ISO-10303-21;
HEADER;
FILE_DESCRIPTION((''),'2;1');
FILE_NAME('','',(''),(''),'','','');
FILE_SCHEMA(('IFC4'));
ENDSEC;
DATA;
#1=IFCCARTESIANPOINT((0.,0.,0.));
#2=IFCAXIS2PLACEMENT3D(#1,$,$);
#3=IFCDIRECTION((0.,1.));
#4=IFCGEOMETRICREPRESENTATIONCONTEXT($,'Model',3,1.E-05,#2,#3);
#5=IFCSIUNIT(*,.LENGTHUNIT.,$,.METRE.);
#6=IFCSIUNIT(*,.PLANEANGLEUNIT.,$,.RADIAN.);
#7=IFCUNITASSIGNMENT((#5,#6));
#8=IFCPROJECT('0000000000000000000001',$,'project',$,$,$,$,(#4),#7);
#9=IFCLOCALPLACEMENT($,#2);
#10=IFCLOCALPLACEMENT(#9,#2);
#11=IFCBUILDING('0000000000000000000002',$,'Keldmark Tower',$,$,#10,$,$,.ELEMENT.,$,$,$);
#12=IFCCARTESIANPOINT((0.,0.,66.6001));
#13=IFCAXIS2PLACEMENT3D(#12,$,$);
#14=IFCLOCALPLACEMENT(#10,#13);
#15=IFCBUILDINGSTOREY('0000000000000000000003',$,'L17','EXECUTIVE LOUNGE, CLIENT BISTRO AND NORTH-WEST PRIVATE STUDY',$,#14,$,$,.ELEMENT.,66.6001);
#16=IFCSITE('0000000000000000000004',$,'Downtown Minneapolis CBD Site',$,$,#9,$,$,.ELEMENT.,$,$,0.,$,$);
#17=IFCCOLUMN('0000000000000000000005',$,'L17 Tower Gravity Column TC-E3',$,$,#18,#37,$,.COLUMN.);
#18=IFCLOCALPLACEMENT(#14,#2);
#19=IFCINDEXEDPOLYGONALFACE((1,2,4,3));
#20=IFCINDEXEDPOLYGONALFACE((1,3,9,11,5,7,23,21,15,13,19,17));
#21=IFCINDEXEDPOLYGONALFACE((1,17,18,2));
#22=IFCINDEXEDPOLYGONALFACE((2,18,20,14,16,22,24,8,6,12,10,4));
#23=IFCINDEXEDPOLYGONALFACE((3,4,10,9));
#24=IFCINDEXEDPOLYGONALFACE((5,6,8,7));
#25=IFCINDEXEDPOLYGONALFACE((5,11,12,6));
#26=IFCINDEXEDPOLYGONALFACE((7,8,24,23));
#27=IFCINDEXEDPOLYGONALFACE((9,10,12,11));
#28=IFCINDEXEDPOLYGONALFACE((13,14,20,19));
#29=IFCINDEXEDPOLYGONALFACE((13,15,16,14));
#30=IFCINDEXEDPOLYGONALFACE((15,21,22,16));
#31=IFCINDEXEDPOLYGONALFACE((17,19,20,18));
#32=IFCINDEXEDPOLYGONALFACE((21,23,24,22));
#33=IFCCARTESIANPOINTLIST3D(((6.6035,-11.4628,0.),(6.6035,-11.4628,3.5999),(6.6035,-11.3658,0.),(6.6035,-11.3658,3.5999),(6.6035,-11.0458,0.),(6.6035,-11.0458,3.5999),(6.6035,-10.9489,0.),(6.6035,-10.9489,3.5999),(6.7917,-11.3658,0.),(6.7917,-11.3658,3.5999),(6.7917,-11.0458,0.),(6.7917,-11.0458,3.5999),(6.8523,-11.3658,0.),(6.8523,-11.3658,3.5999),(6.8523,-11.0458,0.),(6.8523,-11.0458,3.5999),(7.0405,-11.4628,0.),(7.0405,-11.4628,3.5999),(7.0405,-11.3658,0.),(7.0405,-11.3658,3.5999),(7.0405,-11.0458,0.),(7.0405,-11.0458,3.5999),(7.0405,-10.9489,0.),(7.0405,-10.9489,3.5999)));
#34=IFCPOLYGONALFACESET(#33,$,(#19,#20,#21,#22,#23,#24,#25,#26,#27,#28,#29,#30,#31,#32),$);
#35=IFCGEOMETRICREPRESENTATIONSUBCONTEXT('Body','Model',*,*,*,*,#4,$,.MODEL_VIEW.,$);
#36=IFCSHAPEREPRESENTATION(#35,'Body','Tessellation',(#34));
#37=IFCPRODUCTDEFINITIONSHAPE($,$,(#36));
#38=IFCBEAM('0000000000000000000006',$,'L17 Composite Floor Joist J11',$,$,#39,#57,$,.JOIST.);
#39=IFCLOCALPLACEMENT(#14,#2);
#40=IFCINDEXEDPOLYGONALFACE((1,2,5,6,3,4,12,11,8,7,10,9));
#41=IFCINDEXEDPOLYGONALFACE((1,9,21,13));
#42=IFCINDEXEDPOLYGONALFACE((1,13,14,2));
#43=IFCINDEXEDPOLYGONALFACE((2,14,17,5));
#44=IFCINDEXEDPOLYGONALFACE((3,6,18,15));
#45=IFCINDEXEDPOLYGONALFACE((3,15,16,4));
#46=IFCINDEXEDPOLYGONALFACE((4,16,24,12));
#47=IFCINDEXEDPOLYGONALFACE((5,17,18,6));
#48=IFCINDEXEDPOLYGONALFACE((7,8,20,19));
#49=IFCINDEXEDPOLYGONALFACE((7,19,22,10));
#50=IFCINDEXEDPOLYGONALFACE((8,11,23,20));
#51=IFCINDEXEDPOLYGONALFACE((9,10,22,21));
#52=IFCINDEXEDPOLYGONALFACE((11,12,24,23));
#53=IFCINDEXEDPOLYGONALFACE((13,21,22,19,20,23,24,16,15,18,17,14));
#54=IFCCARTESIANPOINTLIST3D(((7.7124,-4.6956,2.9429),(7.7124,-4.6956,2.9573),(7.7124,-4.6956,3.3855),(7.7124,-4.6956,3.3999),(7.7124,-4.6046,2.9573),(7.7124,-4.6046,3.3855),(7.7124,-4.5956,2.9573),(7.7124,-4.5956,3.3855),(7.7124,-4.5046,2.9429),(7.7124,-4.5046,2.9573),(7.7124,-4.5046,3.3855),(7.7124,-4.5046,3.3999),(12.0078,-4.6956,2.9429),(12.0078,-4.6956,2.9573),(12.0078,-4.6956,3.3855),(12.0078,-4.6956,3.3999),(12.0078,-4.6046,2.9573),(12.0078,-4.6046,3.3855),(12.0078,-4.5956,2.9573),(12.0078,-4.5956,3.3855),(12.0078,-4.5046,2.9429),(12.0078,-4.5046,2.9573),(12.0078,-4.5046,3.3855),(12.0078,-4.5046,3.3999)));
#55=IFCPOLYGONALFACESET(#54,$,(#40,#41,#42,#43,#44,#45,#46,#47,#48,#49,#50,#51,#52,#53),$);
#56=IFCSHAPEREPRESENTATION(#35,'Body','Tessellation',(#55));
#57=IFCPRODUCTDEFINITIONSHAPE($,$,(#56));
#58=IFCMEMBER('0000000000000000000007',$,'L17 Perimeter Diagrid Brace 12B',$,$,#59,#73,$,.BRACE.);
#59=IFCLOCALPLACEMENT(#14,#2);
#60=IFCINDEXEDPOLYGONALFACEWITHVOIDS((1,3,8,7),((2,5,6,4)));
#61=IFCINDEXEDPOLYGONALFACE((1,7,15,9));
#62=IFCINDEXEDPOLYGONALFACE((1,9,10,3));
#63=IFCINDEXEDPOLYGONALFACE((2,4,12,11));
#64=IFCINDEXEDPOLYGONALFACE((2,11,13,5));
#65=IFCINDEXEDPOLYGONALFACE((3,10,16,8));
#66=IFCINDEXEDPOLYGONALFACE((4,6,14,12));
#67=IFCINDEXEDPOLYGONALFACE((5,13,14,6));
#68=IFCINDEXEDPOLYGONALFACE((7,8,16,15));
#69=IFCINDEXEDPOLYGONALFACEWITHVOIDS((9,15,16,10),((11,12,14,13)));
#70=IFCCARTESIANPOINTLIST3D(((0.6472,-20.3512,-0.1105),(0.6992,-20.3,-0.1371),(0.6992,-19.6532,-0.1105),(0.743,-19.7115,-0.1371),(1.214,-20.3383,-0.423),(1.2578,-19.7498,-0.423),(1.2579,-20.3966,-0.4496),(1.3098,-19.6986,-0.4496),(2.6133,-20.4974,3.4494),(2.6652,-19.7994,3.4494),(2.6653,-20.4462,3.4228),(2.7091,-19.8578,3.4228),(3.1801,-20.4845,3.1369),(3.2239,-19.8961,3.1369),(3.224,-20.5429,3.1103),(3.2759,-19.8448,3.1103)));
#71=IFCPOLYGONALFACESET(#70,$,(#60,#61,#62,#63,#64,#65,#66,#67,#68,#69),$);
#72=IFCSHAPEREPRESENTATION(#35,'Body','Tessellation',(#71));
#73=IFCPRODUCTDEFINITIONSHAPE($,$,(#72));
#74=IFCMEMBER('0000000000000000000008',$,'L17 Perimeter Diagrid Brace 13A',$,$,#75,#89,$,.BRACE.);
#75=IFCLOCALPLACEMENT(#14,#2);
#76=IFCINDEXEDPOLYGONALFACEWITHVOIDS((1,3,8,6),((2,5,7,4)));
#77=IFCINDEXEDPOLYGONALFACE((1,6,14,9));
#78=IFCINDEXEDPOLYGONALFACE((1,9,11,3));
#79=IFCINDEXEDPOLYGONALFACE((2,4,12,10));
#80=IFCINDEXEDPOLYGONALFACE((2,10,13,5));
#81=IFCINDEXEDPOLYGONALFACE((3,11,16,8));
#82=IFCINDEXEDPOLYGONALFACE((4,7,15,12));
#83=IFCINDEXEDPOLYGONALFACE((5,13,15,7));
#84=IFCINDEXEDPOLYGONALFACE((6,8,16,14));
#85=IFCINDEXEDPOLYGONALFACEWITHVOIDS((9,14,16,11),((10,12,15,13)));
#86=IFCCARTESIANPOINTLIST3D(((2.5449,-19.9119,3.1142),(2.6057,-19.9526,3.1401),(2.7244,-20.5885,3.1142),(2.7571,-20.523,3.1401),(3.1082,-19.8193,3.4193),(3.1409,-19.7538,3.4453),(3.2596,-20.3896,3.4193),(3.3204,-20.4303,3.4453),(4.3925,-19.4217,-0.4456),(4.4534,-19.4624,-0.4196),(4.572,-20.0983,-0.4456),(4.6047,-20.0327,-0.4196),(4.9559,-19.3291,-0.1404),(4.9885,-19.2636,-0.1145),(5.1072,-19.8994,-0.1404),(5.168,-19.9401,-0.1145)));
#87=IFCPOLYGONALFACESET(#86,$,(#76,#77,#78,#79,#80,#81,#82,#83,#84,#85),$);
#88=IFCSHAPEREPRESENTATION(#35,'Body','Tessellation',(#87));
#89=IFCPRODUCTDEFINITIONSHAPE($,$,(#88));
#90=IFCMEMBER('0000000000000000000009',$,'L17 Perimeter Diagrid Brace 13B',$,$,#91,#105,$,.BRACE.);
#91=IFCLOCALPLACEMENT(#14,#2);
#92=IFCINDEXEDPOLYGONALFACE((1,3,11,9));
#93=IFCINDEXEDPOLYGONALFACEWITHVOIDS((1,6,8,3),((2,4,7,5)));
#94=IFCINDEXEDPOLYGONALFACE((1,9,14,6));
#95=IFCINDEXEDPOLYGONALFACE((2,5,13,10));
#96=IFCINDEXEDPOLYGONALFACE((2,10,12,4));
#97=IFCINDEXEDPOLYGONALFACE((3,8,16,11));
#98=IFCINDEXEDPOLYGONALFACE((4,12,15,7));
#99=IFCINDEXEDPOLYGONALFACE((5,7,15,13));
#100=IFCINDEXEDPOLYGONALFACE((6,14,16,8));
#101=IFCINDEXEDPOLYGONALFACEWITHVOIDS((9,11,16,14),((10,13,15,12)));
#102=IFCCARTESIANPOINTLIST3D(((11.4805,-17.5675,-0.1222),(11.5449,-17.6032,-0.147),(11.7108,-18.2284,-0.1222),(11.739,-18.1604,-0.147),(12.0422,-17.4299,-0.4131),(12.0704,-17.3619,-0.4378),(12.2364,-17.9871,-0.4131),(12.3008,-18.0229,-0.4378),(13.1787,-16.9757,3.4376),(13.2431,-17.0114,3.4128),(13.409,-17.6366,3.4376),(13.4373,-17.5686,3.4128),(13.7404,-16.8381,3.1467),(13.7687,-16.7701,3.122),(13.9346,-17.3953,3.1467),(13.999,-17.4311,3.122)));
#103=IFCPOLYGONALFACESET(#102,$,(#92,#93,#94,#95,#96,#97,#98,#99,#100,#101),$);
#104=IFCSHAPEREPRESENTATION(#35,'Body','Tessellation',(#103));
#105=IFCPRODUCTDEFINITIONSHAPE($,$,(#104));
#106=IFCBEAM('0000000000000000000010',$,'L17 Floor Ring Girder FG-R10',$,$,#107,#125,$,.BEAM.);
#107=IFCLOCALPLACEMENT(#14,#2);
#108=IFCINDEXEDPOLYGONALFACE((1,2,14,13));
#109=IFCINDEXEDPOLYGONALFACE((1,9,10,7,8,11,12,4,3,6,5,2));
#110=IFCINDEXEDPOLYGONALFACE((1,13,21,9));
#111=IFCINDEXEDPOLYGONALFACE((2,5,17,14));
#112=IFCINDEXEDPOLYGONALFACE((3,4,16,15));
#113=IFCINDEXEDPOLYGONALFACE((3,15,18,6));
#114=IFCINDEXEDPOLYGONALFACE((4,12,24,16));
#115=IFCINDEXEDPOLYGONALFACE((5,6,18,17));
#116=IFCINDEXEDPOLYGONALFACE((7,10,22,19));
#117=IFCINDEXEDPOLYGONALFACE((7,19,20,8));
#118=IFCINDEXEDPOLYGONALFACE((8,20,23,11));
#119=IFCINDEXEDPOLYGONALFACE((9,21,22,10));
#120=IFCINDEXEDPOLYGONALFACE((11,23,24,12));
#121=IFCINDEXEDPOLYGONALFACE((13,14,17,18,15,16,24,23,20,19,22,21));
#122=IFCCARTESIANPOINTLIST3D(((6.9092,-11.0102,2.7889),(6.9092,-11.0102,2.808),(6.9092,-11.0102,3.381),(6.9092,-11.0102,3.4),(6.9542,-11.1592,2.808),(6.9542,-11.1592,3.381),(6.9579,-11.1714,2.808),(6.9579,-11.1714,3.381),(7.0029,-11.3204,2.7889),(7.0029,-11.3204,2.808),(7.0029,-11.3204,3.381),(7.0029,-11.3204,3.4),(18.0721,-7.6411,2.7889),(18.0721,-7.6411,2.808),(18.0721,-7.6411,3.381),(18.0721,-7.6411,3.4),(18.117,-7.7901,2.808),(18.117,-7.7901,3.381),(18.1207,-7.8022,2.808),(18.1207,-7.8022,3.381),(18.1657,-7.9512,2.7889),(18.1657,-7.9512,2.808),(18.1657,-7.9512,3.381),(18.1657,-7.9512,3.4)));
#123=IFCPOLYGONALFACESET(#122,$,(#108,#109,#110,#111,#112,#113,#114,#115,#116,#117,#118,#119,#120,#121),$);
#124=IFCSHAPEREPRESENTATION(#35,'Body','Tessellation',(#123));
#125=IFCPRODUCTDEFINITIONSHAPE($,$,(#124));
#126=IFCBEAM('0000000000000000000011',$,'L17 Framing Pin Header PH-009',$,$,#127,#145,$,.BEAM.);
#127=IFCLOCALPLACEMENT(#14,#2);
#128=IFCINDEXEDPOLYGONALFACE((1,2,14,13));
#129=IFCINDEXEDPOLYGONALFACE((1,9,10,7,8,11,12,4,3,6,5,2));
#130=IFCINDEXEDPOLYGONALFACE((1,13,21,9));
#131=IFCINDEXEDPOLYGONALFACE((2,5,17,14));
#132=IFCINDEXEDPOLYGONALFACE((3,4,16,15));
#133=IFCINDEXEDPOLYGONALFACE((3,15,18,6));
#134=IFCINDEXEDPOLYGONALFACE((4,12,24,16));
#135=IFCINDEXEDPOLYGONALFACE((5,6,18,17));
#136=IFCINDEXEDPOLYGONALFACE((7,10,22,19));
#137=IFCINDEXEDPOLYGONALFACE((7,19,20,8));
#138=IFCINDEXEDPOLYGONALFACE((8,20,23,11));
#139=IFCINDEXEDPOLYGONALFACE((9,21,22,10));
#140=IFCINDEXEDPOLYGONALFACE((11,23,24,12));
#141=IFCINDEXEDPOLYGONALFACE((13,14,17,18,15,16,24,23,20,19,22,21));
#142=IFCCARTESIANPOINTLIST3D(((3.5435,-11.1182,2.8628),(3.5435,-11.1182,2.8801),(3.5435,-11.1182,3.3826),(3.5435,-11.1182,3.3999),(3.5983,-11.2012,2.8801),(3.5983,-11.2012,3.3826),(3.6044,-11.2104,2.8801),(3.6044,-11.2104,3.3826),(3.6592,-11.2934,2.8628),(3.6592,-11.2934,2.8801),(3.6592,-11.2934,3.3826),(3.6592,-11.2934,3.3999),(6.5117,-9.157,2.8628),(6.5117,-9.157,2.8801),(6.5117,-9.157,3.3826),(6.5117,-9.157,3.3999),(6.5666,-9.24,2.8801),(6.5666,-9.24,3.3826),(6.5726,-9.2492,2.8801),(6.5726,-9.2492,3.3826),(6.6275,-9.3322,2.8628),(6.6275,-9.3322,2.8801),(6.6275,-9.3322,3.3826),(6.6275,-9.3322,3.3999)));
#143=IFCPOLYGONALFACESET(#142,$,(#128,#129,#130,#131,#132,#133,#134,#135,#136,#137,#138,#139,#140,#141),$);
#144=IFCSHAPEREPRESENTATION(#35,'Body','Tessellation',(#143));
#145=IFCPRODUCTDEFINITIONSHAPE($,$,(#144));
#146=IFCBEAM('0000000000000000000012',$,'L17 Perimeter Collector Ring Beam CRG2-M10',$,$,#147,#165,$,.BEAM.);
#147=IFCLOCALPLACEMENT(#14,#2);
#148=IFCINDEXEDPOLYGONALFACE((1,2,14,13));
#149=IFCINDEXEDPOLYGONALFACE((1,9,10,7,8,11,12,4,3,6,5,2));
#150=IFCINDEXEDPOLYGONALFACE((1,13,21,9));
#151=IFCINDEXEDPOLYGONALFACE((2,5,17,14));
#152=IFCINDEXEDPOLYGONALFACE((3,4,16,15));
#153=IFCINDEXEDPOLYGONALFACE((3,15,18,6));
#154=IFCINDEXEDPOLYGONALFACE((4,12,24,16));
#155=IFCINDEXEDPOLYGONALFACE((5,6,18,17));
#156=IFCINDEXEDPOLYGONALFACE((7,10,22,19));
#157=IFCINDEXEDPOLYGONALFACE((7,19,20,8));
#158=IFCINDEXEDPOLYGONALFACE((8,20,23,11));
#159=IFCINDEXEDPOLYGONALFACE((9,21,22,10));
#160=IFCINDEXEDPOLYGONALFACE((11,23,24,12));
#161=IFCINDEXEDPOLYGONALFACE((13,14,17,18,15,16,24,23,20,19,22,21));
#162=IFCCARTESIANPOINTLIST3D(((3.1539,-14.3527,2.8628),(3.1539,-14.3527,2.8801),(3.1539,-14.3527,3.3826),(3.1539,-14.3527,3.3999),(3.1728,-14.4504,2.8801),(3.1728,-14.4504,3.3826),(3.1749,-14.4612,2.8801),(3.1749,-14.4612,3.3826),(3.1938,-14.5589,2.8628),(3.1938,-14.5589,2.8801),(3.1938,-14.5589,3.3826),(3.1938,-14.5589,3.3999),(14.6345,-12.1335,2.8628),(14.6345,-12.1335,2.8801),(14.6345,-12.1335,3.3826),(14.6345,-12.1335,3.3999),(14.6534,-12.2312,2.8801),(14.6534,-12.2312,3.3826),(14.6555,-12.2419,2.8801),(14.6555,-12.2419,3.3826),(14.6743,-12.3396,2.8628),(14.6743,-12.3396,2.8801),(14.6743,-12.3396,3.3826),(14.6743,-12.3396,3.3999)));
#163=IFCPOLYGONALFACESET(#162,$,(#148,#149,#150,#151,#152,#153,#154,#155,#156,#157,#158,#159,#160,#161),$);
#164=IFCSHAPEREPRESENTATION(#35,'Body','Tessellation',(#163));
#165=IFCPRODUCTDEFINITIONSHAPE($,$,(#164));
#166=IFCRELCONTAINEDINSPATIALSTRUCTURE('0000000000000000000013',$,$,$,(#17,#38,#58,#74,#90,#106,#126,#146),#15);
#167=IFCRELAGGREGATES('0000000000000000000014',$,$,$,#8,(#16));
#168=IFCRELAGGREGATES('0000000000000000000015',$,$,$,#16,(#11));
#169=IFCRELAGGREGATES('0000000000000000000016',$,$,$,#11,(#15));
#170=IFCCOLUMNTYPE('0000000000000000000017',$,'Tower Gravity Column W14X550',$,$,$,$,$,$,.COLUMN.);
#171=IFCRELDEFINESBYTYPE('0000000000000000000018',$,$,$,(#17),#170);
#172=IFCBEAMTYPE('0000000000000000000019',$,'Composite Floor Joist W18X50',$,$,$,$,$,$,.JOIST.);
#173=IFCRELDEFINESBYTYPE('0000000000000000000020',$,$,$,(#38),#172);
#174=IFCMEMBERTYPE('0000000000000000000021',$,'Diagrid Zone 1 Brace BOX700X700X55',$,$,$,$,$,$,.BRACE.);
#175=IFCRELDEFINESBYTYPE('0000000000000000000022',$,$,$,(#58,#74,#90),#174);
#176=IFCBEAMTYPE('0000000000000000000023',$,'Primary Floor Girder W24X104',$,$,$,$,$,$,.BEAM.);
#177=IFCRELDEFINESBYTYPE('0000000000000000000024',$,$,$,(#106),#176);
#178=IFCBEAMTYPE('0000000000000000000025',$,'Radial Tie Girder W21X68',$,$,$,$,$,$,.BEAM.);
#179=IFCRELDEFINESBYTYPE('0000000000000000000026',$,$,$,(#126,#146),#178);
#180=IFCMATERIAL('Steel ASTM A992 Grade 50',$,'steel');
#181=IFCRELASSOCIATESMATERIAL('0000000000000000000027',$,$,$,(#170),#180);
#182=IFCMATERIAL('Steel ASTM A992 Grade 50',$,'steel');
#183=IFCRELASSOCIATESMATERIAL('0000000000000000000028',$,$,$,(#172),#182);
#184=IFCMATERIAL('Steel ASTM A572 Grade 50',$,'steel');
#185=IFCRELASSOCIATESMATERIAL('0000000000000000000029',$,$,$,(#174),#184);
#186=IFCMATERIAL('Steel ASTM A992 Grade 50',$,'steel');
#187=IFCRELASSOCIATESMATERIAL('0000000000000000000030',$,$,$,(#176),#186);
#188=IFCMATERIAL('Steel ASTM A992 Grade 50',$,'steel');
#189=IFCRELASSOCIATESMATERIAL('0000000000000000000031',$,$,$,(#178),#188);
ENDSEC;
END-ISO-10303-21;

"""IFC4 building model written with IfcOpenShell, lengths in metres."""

from ifc_helpers import new_model, si_unit, direction, frame, origin, origin_2d, place, context, subcontext, project, spatial, hollow_rectangle, i_section, extrude, material, material_profile, profile_set, type_object, element, save


model = new_model("IFC4")

# Units and contexts
model_context = context("Model", 3, precision=1e-05, world=origin(), true_north=direction((0.0, 1.0)))
body_context = subcontext(model_context, "Body", "Model", "MODEL_VIEW")
ifc_project = project(units=[si_unit("LENGTHUNIT", "METRE"), si_unit("PLANEANGLEUNIT", "RADIAN")], contexts=[model_context])

# Site, building, storey
site_placement = place(None, origin())
site = spatial("IfcSite", under=ifc_project, at=site_placement, Name="Downtown Minneapolis CBD Site", CompositionType="ELEMENT", RefElevation=0.0)
building_placement = place(site_placement, origin())
building = spatial("IfcBuilding", under=site, at=building_placement, Name="Keldmark Tower", CompositionType="ELEMENT")
storey_placement = place(building_placement, frame((0.0, 0.0, 66.6001)))
storey = spatial("IfcBuildingStorey", under=building, at=storey_placement, Name="L17", Description="EXECUTIVE LOUNGE, CLIENT BISTRO AND NORTH-WEST PRIVATE STUDY", CompositionType="ELEMENT", Elevation=66.6001)

# Column
ifc_material_1 = material(Name="Steel ASTM A992 Grade 50", Category="steel")
ifc_material_profile_1 = material_profile(ifc_material_1, i_section(OverallWidth=0.437, OverallDepth=0.5139, WebThickness=0.0605, FlangeThickness=0.0969, at=origin_2d()), Name="W14X550")
ifc_profile_set_1 = profile_set([ifc_material_profile_1], Name="Steel ASTM A992 Grade 50")
column_type = type_object("IfcColumnType", Name="Tower Gravity Column W14X550", PredefinedType="COLUMN", material=ifc_profile_set_1)
column_placement = place(storey_placement, frame((6.822, -11.2058, 0.0), z_axis=(0.0, 0.0, 1.0), x_axis=(1.0, 0.0, 0.0)))
element("IfcColumn", 1, at=column_placement, inside=storey, type_object=column_type, Name="L17 Tower Gravity Column TC-E3", PredefinedType="COLUMN", context=body_context, shape_type="SweptSolid", body=[
    extrude(i_section(OverallWidth=0.437, OverallDepth=0.5139, WebThickness=0.0605, FlangeThickness=0.0969, at=origin_2d()), origin(), (0.0, 0.0, 1.0), 3.5999),
])

# Beam
ifc_material_2 = material(Name="Steel ASTM A992 Grade 50", Category="steel")
ifc_material_profile_2 = material_profile(ifc_material_2, i_section(OverallWidth=0.1909, OverallDepth=0.457, WebThickness=0.009, FlangeThickness=0.0144, at=origin_2d()), Name="W18X50")
ifc_profile_set_2 = profile_set([ifc_material_profile_2], Name="Steel ASTM A992 Grade 50")
beam_type_1 = type_object("IfcBeamType", Name="Composite Floor Joist W18X50", PredefinedType="JOIST", material=ifc_profile_set_2)
beam_1_placement = place(storey_placement, frame((7.7124, -4.6001, 3.1714), z_axis=(1.0, 0.0, 0.0), x_axis=(0.0, 1.0, 0.0)))
element("IfcBeam", 2, at=beam_1_placement, inside=storey, type_object=beam_type_1, Name="L17 Composite Floor Joist J11", PredefinedType="JOIST", context=body_context, shape_type="SweptSolid", body=[
    extrude(i_section(OverallWidth=0.1909, OverallDepth=0.457, WebThickness=0.009, FlangeThickness=0.0144, at=origin_2d()), origin(), (0.0, 0.0, 1.0), 4.2954),
])

# Members
ifc_material_3 = material(Name="Steel ASTM A572 Grade 50", Category="steel")
ifc_material_profile_3 = material_profile(ifc_material_3, hollow_rectangle(XDim=0.7, YDim=0.7, WallThickness=0.0549, at=origin_2d()), Name="BOX700X700X55")
ifc_profile_set_3 = profile_set([ifc_material_profile_3], Name="Steel ASTM A572 Grade 50")
member_type = type_object("IfcMemberType", Name="Diagrid Zone 1 Brace BOX700X700X55", PredefinedType="BRACE", material=ifc_profile_set_3)
member_1_placement = place(storey_placement, frame((0.9785, -20.0249, -0.28), z_axis=(0.483147, -0.035938, 0.874801), x_axis=(0.074177, 0.997245, 0.0)))
element("IfcMember", 3, at=member_1_placement, inside=storey, type_object=member_type, Name="L17 Perimeter Diagrid Brace 12B", PredefinedType="BRACE", context=body_context, shape_type="SweptSolid", body=[
    extrude(hollow_rectangle(XDim=0.7, YDim=0.7, WallThickness=0.0549, at=origin_2d()), origin(), (0.0, 0.0, 1.0), 4.0693),
])
member_2_placement = place(storey_placement, frame((4.7803, -19.6809, -0.28), z_axis=(-0.457273, -0.121327, 0.881012), x_axis=(0.256454, -0.966556, 0.0)))
element("IfcMember", 4, at=member_2_placement, inside=storey, type_object=member_type, Name="L17 Perimeter Diagrid Brace 13A", PredefinedType="BRACE", context=body_context, shape_type="SweptSolid", body=[
    extrude(hollow_rectangle(XDim=0.7, YDim=0.7, WallThickness=0.0549, at=origin_2d()), origin(), (0.0, 0.0, 1.0), 4.0405),
])
member_3_placement = place(storey_placement, frame((11.8906, -17.7952, -0.28), z_axis=(0.425806, 0.148383, 0.892565), x_axis=(-0.329068, 0.944306, 0.0)))
element("IfcMember", 5, at=member_3_placement, inside=storey, type_object=member_type, Name="L17 Perimeter Diagrid Brace 13B", PredefinedType="BRACE", context=body_context, shape_type="SweptSolid", body=[
    extrude(hollow_rectangle(XDim=0.7, YDim=0.7, WallThickness=0.0549, at=origin_2d()), origin(), (0.0, 0.0, 1.0), 3.9883),
])

# Beams
ifc_material_4 = material(Name="Steel ASTM A992 Grade 50", Category="steel")
ifc_material_profile_4 = material_profile(ifc_material_4, i_section(OverallWidth=0.324, OverallDepth=0.6111, WebThickness=0.0127, FlangeThickness=0.019, at=origin_2d()), Name="W24X104")
ifc_profile_set_4 = profile_set([ifc_material_profile_4], Name="Steel ASTM A992 Grade 50")
beam_type_2 = type_object("IfcBeamType", Name="Primary Floor Girder W24X104", PredefinedType="BEAM", material=ifc_profile_set_4)
beam_2_placement = place(storey_placement, frame((6.9561, -11.1653, 3.0945), z_axis=(0.957346, 0.288944, 0.0), x_axis=(-0.288944, 0.957346, 0.0)))
element("IfcBeam", 6, at=beam_2_placement, inside=storey, type_object=beam_type_2, Name="L17 Floor Ring Girder FG-R10", PredefinedType="BEAM", context=body_context, shape_type="SweptSolid", body=[
    extrude(i_section(OverallWidth=0.324, OverallDepth=0.6111, WebThickness=0.0127, FlangeThickness=0.019, at=origin_2d()), origin(), (0.0, 0.0, 1.0), 11.6602),
])
ifc_material_5 = material(Name="Steel ASTM A992 Grade 50", Category="steel")
ifc_material_profile_5 = material_profile(ifc_material_5, i_section(OverallWidth=0.21, OverallDepth=0.5371, WebThickness=0.011, FlangeThickness=0.0173, at=origin_2d()), Name="W21X68")
ifc_profile_set_5 = profile_set([ifc_material_profile_5], Name="Steel ASTM A992 Grade 50")
beam_type_3 = type_object("IfcBeamType", Name="Radial Tie Girder W21X68", PredefinedType="BEAM", material=ifc_profile_set_5)
beam_3_placement = place(storey_placement, frame((6.5696, -9.2446, 3.1313), z_axis=(-0.834334, -0.551259, 0.0), x_axis=(0.551259, -0.834334, 0.0)))
element("IfcBeam", 7, at=beam_3_placement, inside=storey, type_object=beam_type_3, Name="L17 Framing Pin Header PH-009", PredefinedType="BEAM", context=body_context, shape_type="SweptSolid", body=[
    extrude(i_section(OverallWidth=0.21, OverallDepth=0.5371, WebThickness=0.011, FlangeThickness=0.0173, at=origin_2d()), origin(), (0.0, 0.0, 1.0), 3.5576),
])
beam_4_placement = place(storey_placement, frame((3.1738, -14.4558, 3.1313), z_axis=(0.981824, 0.189792, 0.0), x_axis=(-0.189792, 0.981824, 0.0)))
element("IfcBeam", 8, at=beam_4_placement, inside=storey, type_object=beam_type_3, Name="L17 Perimeter Collector Ring Beam CRG2-M10", PredefinedType="BEAM", context=body_context, shape_type="SweptSolid", body=[
    extrude(i_section(OverallWidth=0.21, OverallDepth=0.5371, WebThickness=0.011, FlangeThickness=0.0173, at=origin_2d()), origin(), (0.0, 0.0, 1.0), 11.6931),
])

save(model, "model.ifc")
